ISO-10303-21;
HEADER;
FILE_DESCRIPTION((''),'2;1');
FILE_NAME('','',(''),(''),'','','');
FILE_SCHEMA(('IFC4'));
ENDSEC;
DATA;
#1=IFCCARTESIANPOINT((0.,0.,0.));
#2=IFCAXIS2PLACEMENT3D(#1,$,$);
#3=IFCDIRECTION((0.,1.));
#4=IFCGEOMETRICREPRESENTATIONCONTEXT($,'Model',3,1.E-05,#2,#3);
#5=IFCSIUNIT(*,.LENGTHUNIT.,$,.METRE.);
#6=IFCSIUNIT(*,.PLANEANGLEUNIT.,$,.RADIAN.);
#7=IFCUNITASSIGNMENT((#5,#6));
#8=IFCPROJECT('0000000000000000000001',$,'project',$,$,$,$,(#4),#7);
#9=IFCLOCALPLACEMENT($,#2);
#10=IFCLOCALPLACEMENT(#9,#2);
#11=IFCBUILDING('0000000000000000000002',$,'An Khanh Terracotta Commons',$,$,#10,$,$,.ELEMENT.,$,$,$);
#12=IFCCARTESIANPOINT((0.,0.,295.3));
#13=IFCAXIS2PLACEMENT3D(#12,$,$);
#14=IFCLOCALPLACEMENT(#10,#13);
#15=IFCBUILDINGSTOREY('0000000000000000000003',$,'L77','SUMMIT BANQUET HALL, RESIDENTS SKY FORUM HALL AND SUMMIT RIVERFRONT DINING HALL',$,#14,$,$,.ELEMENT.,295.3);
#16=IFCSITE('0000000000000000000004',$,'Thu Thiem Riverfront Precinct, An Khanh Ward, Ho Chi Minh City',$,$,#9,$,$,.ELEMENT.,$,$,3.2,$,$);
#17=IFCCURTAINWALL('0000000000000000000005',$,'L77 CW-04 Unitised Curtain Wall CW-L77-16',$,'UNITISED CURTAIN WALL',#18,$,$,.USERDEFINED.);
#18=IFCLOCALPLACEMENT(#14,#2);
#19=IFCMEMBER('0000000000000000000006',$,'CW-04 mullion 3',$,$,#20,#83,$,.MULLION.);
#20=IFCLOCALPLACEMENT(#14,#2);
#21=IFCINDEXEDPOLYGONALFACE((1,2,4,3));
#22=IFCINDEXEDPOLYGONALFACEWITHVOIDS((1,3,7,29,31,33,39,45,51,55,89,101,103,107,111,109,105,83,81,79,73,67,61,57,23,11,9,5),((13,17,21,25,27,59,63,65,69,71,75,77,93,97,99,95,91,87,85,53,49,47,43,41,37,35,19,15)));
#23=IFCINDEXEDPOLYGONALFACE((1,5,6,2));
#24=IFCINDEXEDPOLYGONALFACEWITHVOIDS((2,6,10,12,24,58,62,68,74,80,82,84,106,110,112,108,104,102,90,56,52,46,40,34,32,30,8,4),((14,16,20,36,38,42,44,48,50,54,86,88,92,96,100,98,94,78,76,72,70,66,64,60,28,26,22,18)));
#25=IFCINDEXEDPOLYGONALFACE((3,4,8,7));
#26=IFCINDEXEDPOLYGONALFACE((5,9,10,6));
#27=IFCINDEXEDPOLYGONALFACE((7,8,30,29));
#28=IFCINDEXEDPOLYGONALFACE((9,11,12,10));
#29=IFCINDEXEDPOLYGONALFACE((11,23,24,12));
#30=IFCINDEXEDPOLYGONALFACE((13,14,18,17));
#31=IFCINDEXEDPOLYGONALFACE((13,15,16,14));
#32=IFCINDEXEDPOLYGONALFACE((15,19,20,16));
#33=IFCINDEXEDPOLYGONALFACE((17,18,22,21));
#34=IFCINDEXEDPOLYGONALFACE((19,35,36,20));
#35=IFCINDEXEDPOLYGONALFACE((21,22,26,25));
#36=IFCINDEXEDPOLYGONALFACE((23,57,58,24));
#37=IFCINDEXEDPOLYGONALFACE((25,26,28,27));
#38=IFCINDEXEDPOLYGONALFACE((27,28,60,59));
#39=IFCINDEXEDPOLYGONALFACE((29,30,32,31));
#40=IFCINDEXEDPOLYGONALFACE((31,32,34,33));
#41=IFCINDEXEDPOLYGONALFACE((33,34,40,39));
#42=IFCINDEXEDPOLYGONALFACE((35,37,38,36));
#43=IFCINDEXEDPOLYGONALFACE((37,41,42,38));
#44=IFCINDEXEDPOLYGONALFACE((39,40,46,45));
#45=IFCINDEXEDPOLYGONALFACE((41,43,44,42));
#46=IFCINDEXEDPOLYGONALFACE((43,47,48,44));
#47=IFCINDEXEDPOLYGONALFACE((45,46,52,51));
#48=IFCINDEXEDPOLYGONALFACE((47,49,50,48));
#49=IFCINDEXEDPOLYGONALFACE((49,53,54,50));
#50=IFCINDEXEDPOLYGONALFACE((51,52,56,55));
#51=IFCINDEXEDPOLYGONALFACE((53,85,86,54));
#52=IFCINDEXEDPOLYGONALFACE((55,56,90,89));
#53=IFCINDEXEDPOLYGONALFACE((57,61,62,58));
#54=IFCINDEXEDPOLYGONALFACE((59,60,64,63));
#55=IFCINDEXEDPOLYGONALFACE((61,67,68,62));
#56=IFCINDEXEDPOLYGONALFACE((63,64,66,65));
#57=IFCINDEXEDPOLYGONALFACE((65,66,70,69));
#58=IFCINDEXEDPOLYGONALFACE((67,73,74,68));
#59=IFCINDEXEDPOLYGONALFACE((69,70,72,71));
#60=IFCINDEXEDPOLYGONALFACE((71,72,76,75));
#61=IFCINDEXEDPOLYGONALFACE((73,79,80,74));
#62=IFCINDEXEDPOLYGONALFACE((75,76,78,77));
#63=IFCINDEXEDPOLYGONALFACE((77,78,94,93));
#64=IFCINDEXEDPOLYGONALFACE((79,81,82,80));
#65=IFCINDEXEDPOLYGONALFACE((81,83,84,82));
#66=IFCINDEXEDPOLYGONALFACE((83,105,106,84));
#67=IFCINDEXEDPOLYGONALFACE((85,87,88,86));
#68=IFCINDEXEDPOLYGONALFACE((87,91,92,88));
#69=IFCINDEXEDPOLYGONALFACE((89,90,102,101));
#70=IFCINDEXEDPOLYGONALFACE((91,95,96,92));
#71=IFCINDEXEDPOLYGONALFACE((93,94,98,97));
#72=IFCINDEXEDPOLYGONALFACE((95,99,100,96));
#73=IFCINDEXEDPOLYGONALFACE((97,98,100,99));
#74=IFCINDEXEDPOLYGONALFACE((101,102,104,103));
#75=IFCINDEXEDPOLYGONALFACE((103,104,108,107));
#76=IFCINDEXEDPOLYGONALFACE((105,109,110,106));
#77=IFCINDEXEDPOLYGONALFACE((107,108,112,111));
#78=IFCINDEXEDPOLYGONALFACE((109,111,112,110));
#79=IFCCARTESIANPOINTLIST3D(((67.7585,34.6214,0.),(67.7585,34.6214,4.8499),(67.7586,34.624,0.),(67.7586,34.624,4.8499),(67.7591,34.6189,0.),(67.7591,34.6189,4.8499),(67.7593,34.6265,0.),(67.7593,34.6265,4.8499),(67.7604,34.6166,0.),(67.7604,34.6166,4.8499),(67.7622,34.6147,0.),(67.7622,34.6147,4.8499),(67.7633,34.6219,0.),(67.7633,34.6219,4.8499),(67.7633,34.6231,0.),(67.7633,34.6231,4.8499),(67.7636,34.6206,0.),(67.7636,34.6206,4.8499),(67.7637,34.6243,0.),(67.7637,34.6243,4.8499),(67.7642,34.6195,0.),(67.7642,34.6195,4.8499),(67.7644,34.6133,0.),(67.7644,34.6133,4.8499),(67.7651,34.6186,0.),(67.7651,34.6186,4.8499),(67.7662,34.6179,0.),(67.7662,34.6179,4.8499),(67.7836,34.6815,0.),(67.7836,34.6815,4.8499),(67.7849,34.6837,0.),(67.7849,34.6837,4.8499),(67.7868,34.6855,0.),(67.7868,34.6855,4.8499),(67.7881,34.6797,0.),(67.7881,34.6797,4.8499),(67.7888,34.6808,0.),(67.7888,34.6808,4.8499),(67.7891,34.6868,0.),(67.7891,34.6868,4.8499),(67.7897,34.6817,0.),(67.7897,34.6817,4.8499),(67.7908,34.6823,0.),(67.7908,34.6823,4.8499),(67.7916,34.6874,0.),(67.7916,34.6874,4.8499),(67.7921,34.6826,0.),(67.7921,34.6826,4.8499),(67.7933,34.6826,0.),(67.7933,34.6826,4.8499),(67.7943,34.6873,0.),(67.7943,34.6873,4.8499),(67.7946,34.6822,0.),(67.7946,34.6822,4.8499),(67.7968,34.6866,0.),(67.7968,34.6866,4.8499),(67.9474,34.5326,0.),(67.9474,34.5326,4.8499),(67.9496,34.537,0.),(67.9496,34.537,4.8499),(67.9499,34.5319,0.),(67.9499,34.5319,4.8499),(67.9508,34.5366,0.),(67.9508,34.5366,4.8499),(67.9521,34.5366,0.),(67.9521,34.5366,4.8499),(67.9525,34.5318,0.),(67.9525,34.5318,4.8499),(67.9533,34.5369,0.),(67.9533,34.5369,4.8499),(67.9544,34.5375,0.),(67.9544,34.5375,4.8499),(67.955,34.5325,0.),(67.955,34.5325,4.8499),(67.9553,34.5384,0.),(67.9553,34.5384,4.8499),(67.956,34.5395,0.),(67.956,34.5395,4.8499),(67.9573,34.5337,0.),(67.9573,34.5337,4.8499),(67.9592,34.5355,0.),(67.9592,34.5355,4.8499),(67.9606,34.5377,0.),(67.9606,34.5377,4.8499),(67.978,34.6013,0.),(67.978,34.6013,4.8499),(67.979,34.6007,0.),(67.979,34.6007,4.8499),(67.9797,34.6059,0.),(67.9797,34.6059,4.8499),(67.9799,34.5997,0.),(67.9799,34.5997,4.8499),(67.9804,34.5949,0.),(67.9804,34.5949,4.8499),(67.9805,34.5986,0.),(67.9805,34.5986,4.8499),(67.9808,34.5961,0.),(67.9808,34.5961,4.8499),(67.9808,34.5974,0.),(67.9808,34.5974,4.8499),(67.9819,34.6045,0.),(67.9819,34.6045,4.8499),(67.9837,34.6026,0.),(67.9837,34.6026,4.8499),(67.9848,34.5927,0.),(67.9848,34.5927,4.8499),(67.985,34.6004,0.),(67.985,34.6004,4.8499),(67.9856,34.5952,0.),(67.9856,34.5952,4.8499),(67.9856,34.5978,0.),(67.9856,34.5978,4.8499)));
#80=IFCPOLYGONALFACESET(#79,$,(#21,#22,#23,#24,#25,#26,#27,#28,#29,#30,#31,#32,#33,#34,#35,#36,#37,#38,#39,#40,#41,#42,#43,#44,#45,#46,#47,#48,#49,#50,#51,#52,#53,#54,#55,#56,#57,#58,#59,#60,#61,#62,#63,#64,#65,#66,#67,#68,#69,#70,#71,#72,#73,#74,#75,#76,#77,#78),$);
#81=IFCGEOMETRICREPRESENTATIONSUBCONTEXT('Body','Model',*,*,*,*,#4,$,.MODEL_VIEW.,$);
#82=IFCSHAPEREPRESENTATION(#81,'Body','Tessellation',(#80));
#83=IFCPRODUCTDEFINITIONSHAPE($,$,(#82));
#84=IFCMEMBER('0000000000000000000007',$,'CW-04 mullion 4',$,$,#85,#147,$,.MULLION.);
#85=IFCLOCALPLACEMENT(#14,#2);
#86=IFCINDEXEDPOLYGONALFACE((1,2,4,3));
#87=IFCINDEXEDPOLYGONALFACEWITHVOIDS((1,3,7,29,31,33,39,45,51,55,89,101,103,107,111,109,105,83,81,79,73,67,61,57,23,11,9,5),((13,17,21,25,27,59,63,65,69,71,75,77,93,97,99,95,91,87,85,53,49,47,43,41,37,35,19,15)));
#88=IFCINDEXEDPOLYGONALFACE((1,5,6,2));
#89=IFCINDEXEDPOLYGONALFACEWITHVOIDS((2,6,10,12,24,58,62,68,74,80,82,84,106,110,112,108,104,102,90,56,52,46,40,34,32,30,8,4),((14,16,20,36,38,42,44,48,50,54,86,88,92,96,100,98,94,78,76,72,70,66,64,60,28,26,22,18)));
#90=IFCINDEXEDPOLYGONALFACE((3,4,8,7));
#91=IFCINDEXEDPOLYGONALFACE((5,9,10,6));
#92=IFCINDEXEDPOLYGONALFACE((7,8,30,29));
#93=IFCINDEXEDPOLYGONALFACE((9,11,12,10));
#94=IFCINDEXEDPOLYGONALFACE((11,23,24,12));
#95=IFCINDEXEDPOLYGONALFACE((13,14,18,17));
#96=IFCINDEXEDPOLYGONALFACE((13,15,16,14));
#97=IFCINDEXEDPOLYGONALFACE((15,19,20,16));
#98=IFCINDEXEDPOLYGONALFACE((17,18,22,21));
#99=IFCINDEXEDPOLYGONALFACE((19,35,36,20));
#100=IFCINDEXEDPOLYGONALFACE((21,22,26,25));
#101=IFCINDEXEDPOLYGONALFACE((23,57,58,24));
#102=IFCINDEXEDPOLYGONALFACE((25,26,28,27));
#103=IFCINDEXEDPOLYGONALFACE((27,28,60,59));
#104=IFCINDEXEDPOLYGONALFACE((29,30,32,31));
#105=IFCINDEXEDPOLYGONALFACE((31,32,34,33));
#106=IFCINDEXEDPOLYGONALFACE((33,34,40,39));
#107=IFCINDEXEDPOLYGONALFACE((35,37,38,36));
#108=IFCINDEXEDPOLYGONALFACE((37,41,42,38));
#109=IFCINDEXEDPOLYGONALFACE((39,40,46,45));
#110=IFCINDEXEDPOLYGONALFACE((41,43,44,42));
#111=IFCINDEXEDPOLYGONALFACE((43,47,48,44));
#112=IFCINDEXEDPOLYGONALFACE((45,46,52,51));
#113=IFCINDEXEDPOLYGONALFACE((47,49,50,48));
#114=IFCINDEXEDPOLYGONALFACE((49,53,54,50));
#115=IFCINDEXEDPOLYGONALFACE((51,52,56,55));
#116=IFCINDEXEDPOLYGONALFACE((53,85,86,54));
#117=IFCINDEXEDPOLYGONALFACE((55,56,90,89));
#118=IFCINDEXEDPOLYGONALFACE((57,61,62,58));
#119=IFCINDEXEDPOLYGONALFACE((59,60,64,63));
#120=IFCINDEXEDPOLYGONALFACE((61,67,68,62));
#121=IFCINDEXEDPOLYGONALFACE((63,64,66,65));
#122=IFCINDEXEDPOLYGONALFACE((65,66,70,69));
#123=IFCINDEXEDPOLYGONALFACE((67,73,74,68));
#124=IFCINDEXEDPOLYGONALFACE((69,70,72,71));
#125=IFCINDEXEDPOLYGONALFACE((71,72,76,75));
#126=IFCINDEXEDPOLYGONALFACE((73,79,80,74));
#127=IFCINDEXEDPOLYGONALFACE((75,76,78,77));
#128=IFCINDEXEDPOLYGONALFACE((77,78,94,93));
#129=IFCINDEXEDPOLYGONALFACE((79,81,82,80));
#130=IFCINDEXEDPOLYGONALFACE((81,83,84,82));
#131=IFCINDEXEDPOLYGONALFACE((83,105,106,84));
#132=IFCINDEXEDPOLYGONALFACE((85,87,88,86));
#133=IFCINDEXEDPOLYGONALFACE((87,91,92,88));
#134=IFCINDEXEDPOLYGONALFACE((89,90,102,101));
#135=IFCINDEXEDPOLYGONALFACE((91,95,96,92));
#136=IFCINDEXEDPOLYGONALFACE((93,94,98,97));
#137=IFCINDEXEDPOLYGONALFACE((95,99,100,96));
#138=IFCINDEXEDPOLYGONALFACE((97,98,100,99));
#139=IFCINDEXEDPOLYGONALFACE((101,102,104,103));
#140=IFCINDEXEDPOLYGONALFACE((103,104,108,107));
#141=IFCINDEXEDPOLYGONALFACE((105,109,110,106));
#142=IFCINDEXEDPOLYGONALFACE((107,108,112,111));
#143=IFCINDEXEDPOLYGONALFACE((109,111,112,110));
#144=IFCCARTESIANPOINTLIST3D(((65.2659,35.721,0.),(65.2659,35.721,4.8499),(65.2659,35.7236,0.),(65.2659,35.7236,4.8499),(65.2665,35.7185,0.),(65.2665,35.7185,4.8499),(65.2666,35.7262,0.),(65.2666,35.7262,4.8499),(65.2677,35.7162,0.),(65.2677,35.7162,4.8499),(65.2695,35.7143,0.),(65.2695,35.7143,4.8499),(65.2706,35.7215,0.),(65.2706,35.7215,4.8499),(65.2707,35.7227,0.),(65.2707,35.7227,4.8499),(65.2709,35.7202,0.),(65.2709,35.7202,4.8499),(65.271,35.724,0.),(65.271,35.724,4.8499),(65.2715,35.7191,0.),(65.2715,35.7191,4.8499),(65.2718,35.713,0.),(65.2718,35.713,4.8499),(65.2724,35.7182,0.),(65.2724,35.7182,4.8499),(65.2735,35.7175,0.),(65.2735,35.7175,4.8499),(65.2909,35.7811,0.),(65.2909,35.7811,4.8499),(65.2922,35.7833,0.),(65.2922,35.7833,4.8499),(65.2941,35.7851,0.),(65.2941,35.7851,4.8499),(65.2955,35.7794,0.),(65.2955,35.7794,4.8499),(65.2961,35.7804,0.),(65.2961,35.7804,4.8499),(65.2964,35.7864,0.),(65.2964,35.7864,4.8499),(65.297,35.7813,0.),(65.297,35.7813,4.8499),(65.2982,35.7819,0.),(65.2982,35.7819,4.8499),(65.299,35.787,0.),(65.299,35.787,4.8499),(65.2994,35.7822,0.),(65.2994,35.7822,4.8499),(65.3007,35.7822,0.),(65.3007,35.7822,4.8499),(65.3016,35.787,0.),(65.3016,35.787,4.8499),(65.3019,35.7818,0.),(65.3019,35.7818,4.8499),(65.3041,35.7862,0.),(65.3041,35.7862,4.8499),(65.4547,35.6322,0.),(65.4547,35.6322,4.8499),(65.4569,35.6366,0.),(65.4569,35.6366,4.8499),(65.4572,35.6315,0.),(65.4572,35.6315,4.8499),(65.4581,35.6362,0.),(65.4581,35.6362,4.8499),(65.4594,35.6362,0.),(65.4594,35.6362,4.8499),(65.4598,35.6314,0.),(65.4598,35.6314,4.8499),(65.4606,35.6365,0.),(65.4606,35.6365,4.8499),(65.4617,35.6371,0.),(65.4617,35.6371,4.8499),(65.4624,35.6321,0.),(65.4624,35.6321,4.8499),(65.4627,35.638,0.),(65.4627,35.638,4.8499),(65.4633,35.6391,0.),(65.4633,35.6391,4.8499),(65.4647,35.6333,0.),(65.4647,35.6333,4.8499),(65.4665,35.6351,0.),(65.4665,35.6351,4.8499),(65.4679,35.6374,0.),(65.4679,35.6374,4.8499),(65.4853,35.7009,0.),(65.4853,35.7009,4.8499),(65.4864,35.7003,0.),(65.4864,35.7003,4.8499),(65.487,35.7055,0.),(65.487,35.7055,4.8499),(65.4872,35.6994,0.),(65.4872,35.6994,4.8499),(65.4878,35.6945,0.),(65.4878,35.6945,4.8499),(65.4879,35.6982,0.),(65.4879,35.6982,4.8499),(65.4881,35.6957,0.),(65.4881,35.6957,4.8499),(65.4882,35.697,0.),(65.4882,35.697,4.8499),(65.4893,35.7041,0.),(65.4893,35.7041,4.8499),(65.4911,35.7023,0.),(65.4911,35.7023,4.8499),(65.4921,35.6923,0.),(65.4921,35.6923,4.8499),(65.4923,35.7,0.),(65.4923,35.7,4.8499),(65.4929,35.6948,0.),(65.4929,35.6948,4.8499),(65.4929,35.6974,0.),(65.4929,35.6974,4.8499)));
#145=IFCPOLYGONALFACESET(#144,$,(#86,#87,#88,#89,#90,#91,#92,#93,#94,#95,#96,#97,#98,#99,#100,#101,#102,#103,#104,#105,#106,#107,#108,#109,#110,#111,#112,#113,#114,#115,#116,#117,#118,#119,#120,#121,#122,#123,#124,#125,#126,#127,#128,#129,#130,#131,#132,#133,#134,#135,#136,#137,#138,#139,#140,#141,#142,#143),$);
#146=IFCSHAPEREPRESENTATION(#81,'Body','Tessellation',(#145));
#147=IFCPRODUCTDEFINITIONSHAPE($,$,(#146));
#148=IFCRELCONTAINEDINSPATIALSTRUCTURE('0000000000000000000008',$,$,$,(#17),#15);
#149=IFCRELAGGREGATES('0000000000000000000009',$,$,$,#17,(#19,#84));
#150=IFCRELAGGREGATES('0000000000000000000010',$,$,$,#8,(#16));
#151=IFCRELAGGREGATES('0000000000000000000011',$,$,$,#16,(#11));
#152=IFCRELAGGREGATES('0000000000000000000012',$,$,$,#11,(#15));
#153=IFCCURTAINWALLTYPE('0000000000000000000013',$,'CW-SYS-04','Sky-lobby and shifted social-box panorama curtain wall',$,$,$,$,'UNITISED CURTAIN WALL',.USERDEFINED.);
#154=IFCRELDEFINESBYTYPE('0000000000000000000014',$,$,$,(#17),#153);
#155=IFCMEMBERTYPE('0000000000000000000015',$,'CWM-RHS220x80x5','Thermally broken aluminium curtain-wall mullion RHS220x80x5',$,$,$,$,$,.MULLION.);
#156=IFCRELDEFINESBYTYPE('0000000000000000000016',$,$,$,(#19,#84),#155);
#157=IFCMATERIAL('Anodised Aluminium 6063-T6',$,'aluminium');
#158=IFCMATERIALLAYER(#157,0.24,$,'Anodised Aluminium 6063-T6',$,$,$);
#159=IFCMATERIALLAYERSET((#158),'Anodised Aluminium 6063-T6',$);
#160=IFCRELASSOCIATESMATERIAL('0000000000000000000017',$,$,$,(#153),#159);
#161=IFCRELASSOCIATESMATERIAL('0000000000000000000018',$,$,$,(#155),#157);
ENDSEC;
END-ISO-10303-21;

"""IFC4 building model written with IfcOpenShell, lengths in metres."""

from ifc_helpers import new_model, si_unit, direction, frame, origin, origin_2d, place, context, subcontext, project, spatial, hollow_rectangle, extrude, material, layer, layer_set, material_profile, profile_set, type_object, element, aggregate, save


model = new_model("IFC4")

# Units and contexts
model_context = context("Model", 3, precision=1e-05, world=origin(), true_north=direction((0.0, 1.0)))
body_context = subcontext(model_context, "Body", "Model", "MODEL_VIEW")
ifc_project = project(units=[si_unit("LENGTHUNIT", "METRE"), si_unit("PLANEANGLEUNIT", "RADIAN")], contexts=[model_context])

# Site, building, storey
site_placement = place(None, origin())
site = spatial("IfcSite", under=ifc_project, at=site_placement, Name="Thu Thiem Riverfront Precinct, An Khanh Ward, Ho Chi Minh City", CompositionType="ELEMENT", RefElevation=3.2)
building_placement = place(site_placement, origin())
building = spatial("IfcBuilding", under=site, at=building_placement, Name="An Khanh Terracotta Commons", CompositionType="ELEMENT")
storey_placement = place(building_placement, frame((0.0, 0.0, 295.3)))
storey = spatial("IfcBuildingStorey", under=building, at=storey_placement, Name="L77", Description="SUMMIT BANQUET HALL, RESIDENTS SKY FORUM HALL AND SUMMIT RIVERFRONT DINING HALL", CompositionType="ELEMENT", Elevation=295.3)

# Curtain wall, members
ifc_material_1 = material(Name="Anodised Aluminium 6063-T6", Category="aluminium")
ifc_layer_1 = layer(ifc_material_1, 0.24, Name="Anodised Aluminium 6063-T6")
ifc_layer_set_1 = layer_set([ifc_layer_1], Name="Anodised Aluminium 6063-T6")
curtain_wall_type = type_object("IfcCurtainWallType", Name="CW-SYS-04", Description="Sky-lobby and shifted social-box panorama curtain wall", ElementType="UNITISED CURTAIN WALL", PredefinedType="USERDEFINED", material=ifc_layer_set_1)
ifc_material_profile_1 = material_profile(ifc_material_1, hollow_rectangle(XDim=0.0801, YDim=0.22, WallThickness=0.0049, InnerFilletRadius=0.0049, OuterFilletRadius=0.01, at=origin_2d()), Name="RHS220x80x5")
ifc_profile_set_1 = profile_set([ifc_material_profile_1], Name="Anodised Aluminium 6063-T6")
member_type_1 = type_object("IfcMemberType", Name="CWM-RHS220x80x5", Description="Thermally broken aluminium curtain-wall mullion RHS220x80x5", PredefinedType="MULLION", material=ifc_profile_set_1)
curtain_wall_1_placement = place(storey_placement, origin())
curtain_wall_1 = element("IfcCurtainWall", 1, at=curtain_wall_1_placement, inside=storey, type_object=curtain_wall_type, Name="L77 CW-04 Unitised Curtain Wall CW-L77-16", ObjectType="UNITISED CURTAIN WALL", PredefinedType="USERDEFINED")
member_1_placement = place(storey_placement, frame((67.8721, 34.6096, 0.0), z_axis=(0.0, 0.0, 1.0), x_axis=(-0.403676, -0.914902, 0.0)))
member_1 = element("IfcMember", 2, at=member_1_placement, type_object=member_type_1, Name="CW-04 mullion 3", PredefinedType="MULLION", context=body_context, shape_type="SweptSolid", body=[
    extrude(hollow_rectangle(XDim=0.0801, YDim=0.22, WallThickness=0.0049, InnerFilletRadius=0.0049, OuterFilletRadius=0.01, at=origin_2d()), origin(), (0.0, 0.0, 1.0), 4.8499),
])
member_2_placement = place(storey_placement, frame((65.3794, 35.7092, 0.0), z_axis=(0.0, 0.0, 1.0), x_axis=(-0.403676, -0.914902, 0.0)))
member_2 = element("IfcMember", 3, at=member_2_placement, type_object=member_type_1, Name="CW-04 mullion 4", PredefinedType="MULLION", context=body_context, shape_type="SweptSolid", body=[
    extrude(hollow_rectangle(XDim=0.0801, YDim=0.22, WallThickness=0.0049, InnerFilletRadius=0.0049, OuterFilletRadius=0.01, at=origin_2d()), origin(), (0.0, 0.0, 1.0), 4.8499),
])

aggregate(curtain_wall_1, [member_1, member_2])

save(model, "model.ifc")
